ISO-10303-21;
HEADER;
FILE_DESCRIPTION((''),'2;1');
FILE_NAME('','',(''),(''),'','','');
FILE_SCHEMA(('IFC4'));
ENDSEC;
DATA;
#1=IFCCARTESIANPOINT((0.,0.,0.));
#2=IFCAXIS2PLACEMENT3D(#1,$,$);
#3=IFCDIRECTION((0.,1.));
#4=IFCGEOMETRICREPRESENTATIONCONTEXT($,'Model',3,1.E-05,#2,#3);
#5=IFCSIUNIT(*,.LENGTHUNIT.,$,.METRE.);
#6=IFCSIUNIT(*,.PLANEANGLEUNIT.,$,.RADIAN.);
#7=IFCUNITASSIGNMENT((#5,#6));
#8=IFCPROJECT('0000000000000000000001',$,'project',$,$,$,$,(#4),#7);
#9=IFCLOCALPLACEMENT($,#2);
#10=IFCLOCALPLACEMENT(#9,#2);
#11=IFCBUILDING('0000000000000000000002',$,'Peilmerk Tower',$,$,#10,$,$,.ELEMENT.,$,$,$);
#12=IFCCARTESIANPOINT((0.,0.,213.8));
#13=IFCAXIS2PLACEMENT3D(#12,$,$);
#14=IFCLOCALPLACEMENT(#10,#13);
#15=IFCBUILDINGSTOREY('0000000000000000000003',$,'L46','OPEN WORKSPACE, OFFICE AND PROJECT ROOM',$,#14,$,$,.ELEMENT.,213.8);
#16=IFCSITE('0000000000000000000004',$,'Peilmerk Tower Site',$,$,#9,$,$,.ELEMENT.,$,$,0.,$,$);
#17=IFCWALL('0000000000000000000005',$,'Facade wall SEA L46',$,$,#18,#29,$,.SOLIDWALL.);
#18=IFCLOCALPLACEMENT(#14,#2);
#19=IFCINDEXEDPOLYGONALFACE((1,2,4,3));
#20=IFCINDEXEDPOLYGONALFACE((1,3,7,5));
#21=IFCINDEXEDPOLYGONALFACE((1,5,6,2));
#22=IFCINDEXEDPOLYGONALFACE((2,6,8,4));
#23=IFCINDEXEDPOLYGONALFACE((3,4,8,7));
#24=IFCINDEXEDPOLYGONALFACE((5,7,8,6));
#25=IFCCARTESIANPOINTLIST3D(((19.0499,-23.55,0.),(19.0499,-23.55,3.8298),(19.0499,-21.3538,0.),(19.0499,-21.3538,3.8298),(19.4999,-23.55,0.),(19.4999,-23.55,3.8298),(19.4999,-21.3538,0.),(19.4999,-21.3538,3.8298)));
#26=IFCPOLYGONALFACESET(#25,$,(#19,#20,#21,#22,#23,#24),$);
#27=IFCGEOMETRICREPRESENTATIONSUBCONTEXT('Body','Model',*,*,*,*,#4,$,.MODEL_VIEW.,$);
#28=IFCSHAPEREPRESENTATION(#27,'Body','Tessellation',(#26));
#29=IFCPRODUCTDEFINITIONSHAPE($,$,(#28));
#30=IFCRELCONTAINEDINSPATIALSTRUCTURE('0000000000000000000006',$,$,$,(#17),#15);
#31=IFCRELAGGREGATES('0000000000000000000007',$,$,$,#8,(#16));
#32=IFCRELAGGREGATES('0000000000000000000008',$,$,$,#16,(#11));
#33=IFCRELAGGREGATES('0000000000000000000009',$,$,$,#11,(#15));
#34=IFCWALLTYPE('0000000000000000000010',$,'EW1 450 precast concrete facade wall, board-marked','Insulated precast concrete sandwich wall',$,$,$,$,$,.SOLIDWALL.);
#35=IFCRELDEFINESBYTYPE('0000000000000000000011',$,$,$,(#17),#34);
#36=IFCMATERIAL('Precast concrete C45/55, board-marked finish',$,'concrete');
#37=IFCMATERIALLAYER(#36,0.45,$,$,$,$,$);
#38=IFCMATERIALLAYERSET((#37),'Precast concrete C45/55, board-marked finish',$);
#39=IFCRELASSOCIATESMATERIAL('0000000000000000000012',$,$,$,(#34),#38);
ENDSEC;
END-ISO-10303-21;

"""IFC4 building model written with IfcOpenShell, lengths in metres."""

from ifc_helpers import new_model, si_unit, direction, frame, frame_2d, origin, place, context, subcontext, project, spatial, rectangle, extrude, material, layer, layer_set, type_object, element, save


model = new_model("IFC4")

# Units and contexts
model_context = context("Model", 3, precision=1e-05, world=origin(), true_north=direction((0.0, 1.0)))
body_context = subcontext(model_context, "Body", "Model", "MODEL_VIEW")
ifc_project = project(units=[si_unit("LENGTHUNIT", "METRE"), si_unit("PLANEANGLEUNIT", "RADIAN")], contexts=[model_context])

# Site, building, storey
site_placement = place(None, origin())
site = spatial("IfcSite", under=ifc_project, at=site_placement, Name="Peilmerk Tower Site", CompositionType="ELEMENT", RefElevation=0.0)
building_placement = place(site_placement, origin())
building = spatial("IfcBuilding", under=site, at=building_placement, Name="Peilmerk Tower", CompositionType="ELEMENT")
storey_placement = place(building_placement, frame((0.0, 0.0, 213.8)))
storey = spatial("IfcBuildingStorey", under=building, at=storey_placement, Name="L46", Description="OPEN WORKSPACE, OFFICE AND PROJECT ROOM", CompositionType="ELEMENT", Elevation=213.8)

# Shared definitions
ifc_material_1 = material(Name="Precast concrete C45/55, board-marked finish", Category="concrete")
ifc_layer_1 = layer(ifc_material_1, 0.45)
ifc_layer_set_1 = layer_set([ifc_layer_1], Name="Precast concrete C45/55, board-marked finish")
wall_type = type_object("IfcWallType", Name="EW1 450 precast concrete facade wall, board-marked", Description="Insulated precast concrete sandwich wall", PredefinedType="SOLIDWALL", material=ifc_layer_set_1)

# Wall
wall_1_placement = place(storey_placement, frame((19.2749, -21.3538, 0.0), z_axis=(0.0, 0.0, 1.0), x_axis=(0.0, -1.0, 0.0)))
element("IfcWall", 1, at=wall_1_placement, inside=storey, type_object=wall_type, Name="Facade wall SEA L46", PredefinedType="SOLIDWALL", context=body_context, shape_type="SweptSolid", body=[
    extrude(rectangle(XDim=2.1963, YDim=0.45, at=frame_2d((1.0981, 0.0))), origin(), (0.0, 0.0, 1.0), 3.8298),
])

save(model, "model.ifc")
